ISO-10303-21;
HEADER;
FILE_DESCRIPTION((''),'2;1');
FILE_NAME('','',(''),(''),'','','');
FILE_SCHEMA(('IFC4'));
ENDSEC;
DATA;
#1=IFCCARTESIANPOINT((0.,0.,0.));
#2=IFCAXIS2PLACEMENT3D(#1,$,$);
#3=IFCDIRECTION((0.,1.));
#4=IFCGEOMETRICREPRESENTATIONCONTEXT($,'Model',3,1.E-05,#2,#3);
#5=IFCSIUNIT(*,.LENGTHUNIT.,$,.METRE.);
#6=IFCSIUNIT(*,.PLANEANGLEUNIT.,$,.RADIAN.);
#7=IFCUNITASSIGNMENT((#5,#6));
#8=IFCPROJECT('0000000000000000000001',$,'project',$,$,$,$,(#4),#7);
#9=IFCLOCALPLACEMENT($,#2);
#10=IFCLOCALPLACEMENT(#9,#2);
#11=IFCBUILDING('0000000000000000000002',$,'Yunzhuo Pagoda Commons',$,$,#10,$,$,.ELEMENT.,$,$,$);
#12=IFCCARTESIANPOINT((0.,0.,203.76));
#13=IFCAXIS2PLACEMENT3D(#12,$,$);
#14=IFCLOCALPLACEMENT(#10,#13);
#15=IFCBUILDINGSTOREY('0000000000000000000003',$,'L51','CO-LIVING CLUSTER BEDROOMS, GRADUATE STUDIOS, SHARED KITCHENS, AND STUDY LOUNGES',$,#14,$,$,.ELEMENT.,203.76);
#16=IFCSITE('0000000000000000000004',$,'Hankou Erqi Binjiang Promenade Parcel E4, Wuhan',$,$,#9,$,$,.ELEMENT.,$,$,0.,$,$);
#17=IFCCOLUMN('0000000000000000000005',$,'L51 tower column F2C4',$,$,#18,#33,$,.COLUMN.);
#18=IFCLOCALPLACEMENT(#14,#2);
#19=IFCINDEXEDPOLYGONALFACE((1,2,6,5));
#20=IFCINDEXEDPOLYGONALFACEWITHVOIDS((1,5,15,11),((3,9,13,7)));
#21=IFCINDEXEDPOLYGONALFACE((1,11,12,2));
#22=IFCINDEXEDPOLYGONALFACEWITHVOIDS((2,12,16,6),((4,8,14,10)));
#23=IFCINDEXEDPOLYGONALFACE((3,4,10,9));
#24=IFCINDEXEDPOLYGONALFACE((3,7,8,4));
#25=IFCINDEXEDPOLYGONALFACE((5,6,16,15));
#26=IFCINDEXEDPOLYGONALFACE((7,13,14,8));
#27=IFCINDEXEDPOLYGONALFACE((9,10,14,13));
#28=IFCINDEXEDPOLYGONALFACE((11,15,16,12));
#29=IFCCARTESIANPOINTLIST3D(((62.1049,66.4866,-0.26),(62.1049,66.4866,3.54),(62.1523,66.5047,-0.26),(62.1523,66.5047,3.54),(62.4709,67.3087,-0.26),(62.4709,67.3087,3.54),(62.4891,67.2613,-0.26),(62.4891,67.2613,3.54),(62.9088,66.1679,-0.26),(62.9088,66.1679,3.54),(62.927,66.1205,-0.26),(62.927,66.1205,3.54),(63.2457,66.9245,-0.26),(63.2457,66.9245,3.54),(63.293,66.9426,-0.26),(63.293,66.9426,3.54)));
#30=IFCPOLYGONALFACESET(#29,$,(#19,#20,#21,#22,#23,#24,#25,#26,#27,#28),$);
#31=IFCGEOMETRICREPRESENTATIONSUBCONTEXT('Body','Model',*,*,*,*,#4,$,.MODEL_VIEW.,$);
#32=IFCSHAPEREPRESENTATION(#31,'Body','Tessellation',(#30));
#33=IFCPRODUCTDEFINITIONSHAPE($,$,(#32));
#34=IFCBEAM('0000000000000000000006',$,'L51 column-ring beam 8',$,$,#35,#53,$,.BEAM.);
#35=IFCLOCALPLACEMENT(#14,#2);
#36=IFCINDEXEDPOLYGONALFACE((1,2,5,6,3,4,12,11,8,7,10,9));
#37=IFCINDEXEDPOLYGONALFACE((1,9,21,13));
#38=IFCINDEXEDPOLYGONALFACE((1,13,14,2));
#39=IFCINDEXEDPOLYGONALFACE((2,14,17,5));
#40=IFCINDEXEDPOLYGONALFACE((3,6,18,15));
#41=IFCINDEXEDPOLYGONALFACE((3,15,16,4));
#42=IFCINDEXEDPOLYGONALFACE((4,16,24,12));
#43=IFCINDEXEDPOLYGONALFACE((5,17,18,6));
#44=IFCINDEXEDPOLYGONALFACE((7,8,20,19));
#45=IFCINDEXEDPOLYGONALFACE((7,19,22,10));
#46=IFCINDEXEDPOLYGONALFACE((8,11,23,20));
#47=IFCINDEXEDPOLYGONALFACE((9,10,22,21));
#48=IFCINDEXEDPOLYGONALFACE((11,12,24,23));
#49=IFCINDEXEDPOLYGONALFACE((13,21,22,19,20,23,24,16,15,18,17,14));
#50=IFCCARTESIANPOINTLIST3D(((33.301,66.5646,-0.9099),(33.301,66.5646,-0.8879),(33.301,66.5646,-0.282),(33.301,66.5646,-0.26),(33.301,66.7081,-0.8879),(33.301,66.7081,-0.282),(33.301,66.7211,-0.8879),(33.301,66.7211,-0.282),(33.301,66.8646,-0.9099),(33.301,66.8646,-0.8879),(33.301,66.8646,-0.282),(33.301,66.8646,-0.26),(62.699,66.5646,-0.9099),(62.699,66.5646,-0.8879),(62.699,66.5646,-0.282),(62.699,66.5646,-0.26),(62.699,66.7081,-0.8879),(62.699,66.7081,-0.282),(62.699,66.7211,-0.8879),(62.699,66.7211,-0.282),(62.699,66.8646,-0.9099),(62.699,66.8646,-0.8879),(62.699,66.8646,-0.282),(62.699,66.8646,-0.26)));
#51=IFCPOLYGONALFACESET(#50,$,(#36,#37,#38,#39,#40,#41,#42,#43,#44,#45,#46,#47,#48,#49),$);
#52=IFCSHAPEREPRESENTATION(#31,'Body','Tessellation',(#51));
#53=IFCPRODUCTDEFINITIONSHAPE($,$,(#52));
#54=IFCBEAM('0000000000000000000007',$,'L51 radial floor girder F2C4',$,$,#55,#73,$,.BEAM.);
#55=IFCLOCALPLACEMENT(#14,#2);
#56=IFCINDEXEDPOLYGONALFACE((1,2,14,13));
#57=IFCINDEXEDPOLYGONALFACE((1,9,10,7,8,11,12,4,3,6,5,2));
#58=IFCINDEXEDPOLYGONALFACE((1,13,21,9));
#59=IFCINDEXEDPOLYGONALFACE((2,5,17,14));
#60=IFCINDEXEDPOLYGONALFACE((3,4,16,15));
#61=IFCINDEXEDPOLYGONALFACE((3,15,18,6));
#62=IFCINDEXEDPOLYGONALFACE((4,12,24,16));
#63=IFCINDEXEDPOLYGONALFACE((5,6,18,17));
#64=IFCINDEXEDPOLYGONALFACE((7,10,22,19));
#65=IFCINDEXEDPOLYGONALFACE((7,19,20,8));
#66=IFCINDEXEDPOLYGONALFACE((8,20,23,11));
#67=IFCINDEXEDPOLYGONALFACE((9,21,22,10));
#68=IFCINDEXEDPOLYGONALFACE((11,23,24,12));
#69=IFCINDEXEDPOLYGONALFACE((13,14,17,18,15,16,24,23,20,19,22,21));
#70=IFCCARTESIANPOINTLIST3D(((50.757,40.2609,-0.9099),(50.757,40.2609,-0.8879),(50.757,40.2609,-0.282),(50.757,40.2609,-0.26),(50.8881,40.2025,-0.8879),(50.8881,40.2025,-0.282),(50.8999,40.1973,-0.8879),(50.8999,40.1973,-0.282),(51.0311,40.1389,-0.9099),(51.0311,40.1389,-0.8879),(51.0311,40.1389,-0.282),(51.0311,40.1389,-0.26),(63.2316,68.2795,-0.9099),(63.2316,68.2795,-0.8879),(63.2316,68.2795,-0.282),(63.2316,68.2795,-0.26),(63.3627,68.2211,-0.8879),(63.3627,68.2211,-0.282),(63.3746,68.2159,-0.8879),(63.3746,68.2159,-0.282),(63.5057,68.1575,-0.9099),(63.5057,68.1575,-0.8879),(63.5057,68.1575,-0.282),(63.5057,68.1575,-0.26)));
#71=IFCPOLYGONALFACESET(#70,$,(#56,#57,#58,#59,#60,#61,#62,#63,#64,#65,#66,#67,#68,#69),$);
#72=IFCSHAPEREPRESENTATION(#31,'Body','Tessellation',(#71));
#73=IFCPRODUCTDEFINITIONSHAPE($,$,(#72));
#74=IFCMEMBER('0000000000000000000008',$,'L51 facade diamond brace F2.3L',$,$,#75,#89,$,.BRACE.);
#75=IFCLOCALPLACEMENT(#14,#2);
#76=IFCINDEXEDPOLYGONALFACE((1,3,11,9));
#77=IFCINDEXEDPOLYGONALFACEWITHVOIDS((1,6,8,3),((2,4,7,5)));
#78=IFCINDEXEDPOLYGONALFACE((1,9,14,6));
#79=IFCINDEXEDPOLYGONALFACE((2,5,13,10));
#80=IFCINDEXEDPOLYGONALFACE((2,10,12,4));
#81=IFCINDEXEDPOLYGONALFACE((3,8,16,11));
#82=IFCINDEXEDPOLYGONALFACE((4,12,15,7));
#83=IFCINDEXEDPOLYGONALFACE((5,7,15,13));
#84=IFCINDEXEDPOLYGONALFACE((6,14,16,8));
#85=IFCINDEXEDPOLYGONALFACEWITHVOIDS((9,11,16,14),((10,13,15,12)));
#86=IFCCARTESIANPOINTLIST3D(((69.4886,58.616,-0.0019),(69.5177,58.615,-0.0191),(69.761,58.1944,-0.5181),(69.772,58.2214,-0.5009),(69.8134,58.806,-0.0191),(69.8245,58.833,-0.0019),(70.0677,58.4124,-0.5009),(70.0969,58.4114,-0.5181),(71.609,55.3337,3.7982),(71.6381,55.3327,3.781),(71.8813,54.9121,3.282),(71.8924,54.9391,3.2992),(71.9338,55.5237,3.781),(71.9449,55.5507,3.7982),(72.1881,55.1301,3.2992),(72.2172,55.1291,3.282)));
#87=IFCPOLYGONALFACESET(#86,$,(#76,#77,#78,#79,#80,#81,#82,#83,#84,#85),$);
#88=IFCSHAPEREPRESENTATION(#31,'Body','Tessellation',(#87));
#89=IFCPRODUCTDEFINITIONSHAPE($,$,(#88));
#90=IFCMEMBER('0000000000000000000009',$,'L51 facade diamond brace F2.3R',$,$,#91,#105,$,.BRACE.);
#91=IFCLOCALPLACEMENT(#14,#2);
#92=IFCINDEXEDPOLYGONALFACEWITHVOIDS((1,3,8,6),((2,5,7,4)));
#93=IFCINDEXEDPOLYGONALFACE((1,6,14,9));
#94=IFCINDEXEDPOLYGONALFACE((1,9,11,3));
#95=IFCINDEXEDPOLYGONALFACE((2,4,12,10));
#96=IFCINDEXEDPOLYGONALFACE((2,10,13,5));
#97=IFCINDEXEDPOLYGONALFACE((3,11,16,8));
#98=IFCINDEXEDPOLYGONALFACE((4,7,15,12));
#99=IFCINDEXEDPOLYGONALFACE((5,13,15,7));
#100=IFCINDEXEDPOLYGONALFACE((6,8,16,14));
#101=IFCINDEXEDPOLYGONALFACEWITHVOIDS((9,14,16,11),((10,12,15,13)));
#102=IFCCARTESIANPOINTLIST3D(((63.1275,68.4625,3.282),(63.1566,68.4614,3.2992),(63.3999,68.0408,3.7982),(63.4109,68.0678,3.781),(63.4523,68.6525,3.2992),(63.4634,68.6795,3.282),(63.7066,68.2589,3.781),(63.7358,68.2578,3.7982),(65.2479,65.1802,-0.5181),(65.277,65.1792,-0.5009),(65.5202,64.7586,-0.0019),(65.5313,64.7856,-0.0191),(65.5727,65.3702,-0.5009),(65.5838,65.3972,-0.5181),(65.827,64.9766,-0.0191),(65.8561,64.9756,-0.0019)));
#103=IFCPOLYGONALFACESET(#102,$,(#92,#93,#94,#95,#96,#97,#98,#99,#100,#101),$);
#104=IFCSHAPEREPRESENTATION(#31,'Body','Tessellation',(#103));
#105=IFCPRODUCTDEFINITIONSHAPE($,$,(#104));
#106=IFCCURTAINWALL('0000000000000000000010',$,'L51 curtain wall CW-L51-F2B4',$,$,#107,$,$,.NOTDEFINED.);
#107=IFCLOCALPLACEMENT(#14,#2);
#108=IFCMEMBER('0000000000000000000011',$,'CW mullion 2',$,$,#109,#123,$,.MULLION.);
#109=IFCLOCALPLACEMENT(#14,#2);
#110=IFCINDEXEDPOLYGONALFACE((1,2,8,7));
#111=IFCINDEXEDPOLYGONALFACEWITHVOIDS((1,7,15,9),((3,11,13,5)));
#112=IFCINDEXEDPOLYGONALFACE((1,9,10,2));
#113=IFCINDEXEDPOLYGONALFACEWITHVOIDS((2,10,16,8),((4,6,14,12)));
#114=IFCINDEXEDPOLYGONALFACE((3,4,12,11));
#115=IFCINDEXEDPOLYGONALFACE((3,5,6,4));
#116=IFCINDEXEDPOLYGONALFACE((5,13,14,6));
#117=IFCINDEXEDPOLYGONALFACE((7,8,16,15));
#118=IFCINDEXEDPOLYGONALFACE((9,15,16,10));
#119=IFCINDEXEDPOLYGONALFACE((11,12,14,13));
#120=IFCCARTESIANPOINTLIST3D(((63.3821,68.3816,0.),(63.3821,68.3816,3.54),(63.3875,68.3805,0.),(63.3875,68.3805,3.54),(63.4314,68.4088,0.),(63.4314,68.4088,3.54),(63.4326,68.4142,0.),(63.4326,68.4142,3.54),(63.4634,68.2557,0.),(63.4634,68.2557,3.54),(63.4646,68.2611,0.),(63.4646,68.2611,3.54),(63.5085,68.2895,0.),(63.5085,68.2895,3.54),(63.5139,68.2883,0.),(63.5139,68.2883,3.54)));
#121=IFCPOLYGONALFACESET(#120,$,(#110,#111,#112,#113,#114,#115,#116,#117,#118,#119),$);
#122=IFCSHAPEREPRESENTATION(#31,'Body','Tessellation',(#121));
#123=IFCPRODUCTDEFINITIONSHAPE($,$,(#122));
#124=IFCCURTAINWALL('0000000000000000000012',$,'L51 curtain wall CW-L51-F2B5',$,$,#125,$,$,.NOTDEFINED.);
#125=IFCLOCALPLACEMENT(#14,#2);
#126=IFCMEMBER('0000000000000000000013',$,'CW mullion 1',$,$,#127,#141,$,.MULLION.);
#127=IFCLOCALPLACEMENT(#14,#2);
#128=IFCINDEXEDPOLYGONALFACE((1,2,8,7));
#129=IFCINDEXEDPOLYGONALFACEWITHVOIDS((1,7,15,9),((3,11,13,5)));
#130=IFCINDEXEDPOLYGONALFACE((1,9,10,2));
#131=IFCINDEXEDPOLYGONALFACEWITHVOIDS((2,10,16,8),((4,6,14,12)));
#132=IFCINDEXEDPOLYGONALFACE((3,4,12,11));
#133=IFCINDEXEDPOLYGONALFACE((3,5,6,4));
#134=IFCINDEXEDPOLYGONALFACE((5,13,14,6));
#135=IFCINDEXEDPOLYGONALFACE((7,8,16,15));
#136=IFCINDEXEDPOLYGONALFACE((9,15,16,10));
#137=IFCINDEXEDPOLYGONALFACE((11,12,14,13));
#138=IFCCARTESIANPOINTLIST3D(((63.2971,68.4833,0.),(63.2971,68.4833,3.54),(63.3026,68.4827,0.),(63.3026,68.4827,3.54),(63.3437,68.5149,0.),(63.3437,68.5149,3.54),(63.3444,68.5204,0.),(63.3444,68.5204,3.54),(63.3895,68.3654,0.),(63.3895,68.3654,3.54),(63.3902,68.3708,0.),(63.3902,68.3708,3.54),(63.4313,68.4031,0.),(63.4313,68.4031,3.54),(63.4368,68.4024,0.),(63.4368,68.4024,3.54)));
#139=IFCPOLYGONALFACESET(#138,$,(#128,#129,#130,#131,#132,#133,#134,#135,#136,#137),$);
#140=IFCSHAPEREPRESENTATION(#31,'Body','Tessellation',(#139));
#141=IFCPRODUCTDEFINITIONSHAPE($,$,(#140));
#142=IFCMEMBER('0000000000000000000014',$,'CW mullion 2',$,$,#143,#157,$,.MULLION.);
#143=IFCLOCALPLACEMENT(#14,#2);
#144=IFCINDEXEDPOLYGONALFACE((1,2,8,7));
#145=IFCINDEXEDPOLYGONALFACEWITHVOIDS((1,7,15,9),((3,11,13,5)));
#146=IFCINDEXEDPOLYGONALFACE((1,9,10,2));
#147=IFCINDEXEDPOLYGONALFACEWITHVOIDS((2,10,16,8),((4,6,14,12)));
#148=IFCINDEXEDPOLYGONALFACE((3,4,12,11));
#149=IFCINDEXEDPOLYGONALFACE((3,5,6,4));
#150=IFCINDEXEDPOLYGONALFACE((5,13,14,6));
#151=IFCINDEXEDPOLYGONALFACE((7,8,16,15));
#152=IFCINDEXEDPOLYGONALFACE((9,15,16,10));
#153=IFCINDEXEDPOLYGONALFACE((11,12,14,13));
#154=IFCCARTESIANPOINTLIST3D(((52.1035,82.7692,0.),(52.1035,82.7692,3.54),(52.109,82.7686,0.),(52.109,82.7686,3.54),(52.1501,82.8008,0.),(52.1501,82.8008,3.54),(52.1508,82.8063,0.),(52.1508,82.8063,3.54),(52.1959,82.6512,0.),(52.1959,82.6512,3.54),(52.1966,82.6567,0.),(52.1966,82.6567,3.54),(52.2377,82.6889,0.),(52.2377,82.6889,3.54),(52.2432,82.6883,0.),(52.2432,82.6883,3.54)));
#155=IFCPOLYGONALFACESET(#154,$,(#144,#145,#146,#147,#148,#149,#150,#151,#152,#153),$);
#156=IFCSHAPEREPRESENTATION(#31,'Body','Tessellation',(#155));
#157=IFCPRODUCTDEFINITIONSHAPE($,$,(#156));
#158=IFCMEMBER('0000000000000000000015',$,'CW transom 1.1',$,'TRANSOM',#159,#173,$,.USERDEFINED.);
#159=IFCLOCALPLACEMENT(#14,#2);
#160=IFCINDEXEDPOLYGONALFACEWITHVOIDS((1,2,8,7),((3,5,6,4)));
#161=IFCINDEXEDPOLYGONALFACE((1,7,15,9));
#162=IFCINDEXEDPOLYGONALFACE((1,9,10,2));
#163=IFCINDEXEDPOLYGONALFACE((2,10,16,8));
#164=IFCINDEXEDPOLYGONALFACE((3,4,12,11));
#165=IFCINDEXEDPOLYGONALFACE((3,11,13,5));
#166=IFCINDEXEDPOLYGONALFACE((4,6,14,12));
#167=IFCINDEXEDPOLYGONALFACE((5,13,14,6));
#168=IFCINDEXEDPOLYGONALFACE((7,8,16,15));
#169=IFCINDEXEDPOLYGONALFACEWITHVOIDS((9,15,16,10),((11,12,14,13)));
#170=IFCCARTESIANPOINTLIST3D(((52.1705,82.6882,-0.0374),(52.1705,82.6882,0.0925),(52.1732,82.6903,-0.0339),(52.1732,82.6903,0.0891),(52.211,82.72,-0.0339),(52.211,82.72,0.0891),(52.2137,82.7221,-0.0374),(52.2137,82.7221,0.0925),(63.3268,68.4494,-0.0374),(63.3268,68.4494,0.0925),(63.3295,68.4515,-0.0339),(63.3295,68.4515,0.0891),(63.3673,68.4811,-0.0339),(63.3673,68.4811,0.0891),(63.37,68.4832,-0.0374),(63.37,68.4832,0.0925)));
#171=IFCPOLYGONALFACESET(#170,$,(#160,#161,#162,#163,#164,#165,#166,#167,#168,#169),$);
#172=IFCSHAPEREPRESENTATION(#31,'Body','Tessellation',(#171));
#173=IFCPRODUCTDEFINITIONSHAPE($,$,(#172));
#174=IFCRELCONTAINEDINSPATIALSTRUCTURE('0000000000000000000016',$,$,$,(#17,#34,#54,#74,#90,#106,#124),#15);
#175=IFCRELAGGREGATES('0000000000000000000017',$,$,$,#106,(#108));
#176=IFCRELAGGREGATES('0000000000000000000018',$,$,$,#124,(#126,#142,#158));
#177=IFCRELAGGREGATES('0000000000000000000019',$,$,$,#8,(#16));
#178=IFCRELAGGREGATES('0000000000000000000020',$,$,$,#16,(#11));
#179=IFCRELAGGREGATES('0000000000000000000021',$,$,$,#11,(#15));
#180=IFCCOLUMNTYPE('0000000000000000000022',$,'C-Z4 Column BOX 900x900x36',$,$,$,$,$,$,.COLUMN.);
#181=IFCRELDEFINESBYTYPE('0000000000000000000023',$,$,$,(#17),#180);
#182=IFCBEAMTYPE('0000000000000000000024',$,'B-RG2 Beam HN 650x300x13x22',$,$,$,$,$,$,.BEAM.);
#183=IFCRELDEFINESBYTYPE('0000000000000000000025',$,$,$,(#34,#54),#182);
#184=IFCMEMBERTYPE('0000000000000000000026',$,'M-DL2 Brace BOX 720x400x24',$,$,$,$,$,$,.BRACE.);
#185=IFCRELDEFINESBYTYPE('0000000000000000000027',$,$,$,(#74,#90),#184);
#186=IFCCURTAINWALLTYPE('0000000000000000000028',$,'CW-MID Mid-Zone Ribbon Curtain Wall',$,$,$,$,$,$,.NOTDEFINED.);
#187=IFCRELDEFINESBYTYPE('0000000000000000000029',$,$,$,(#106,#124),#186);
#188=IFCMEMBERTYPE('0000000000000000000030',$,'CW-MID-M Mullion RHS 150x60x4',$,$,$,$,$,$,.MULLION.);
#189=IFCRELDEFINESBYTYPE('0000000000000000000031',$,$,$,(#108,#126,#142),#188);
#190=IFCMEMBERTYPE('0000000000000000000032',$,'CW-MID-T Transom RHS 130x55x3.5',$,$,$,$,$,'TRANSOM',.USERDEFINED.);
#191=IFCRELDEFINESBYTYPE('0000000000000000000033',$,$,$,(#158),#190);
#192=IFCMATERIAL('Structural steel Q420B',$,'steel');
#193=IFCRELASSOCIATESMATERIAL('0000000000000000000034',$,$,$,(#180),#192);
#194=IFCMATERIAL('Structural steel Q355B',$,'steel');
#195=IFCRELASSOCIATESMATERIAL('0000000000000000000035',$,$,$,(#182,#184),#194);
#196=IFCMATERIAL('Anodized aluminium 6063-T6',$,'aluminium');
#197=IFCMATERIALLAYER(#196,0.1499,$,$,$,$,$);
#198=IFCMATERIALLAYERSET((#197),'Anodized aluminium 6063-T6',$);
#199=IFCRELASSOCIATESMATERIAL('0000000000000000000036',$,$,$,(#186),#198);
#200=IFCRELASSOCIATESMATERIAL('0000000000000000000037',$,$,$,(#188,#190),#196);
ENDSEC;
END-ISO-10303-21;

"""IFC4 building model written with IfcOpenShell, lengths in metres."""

from ifc_helpers import new_model, si_unit, direction, frame, origin, origin_2d, place, context, subcontext, project, spatial, hollow_rectangle, i_section, extrude, source, transform, mapped, material, layer, layer_set, material_profile, profile_set, type_object, element, aggregate, save


model = new_model("IFC4")

# Units and contexts
model_context = context("Model", 3, precision=1e-05, world=origin(), true_north=direction((0.0, 1.0)))
body_context = subcontext(model_context, "Body", "Model", "MODEL_VIEW")
ifc_project = project(units=[si_unit("LENGTHUNIT", "METRE"), si_unit("PLANEANGLEUNIT", "RADIAN")], contexts=[model_context])

# Site, building, storey
site_placement = place(None, origin())
site = spatial("IfcSite", under=ifc_project, at=site_placement, Name="Hankou Erqi Binjiang Promenade Parcel E4, Wuhan", CompositionType="ELEMENT", RefElevation=0.0)
building_placement = place(site_placement, origin())
building = spatial("IfcBuilding", under=site, at=building_placement, Name="Yunzhuo Pagoda Commons", CompositionType="ELEMENT")
storey_placement = place(building_placement, frame((0.0, 0.0, 203.76)))
storey = spatial("IfcBuildingStorey", under=building, at=storey_placement, Name="L51", Description="CO-LIVING CLUSTER BEDROOMS, GRADUATE STUDIOS, SHARED KITCHENS, AND STUDY LOUNGES", CompositionType="ELEMENT", Elevation=203.76)

# Column
ifc_material_1 = material(Name="Structural steel Q420B", Category="steel")
ifc_material_profile_1 = material_profile(ifc_material_1, hollow_rectangle(XDim=0.8999, YDim=0.8999, WallThickness=0.0359, at=origin_2d()), Name="Structural steel Q420B")
ifc_profile_set_1 = profile_set([ifc_material_profile_1], Name="Structural steel Q420B")
column_type = type_object("IfcColumnType", Name="C-Z4 Column BOX 900x900x36", PredefinedType="COLUMN", material=ifc_profile_set_1)
shared_shape_1 = source(origin(), body_context, "Body", "SweptSolid", [
    extrude(hollow_rectangle(XDim=0.8999, YDim=0.8999, WallThickness=0.0359, at=origin_2d()), origin(), (0.0, 0.0, 1.0), 3.8),
])
column_placement = place(storey_placement, frame((62.699, 66.7146, -0.26), z_axis=(0.0, 0.0, 1.0), x_axis=(-0.913545, 0.406737, 0.0)))
element("IfcColumn", 1, at=column_placement, inside=storey, type_object=column_type, Name="L51 tower column F2C4", PredefinedType="COLUMN", context=body_context, shape_type="MappedRepresentation", body=[
    mapped(shared_shape_1, transform((0.0, 0.0, 0.0), scale=1.0)),
])

# Beams
ifc_material_2 = material(Name="Structural steel Q355B", Category="steel")
ifc_material_profile_2 = material_profile(ifc_material_2, i_section(OverallWidth=0.3, OverallDepth=0.6499, WebThickness=0.0129, FlangeThickness=0.022, at=origin_2d()), Name="Structural steel Q355B")
ifc_profile_set_2 = profile_set([ifc_material_profile_2], Name="Structural steel Q355B")
beam_type = type_object("IfcBeamType", Name="B-RG2 Beam HN 650x300x13x22", PredefinedType="BEAM", material=ifc_profile_set_2)
shared_shape_2 = source(origin(), body_context, "Body", "SweptSolid", [
    extrude(i_section(OverallWidth=0.3, OverallDepth=0.6499, WebThickness=0.0129, FlangeThickness=0.022, at=origin_2d()), origin(), (0.0, 0.0, 1.0), 29.3979),
])
beam_1_placement = place(storey_placement, frame((62.699, 66.7146, -0.585), z_axis=(-1.0, 0.0, 0.0), x_axis=(0.0, -1.0, 0.0)))
element("IfcBeam", 2, at=beam_1_placement, inside=storey, type_object=beam_type, Name="L51 column-ring beam 8", PredefinedType="BEAM", context=body_context, shape_type="MappedRepresentation", body=[
    mapped(shared_shape_2, transform((0.0, 0.0, 0.0), scale=1.0)),
])
shared_shape_3 = source(origin(), body_context, "Body", "SweptSolid", [
    extrude(i_section(OverallWidth=0.3, OverallDepth=0.6499, WebThickness=0.0129, FlangeThickness=0.022, at=origin_2d()), origin(), (0.0, 0.0, 1.0), 30.6702),
])
beam_2_placement = place(storey_placement, frame((63.3687, 68.2185, -0.585), z_axis=(-0.406735, -0.913546, 0.0), x_axis=(0.913546, -0.406735, 0.0)))
element("IfcBeam", 3, at=beam_2_placement, inside=storey, type_object=beam_type, Name="L51 radial floor girder F2C4", PredefinedType="BEAM", context=body_context, shape_type="MappedRepresentation", body=[
    mapped(shared_shape_3, transform((0.0, 0.0, 0.0), scale=1.0)),
])

# Members
ifc_material_profile_3 = material_profile(ifc_material_2, hollow_rectangle(XDim=0.3999, YDim=0.72, WallThickness=0.0239, at=origin_2d()), Name="Structural steel Q355B")
ifc_profile_set_3 = profile_set([ifc_material_profile_3], Name="Structural steel Q355B")
member_type_1 = type_object("IfcMemberType", Name="M-DL2 Brace BOX 720x400x24", PredefinedType="BRACE", material=ifc_profile_set_3)
shared_shape_4 = source(origin(), body_context, "Body", "SweptSolid", [
    extrude(hollow_rectangle(XDim=0.3999, YDim=0.72, WallThickness=0.0239, at=origin_2d()), origin(), (0.0, 0.0, 1.0), 5.4507),
])
for number, where, z_axis, x_axis, name in (
    (4, (69.7927, 58.5137, -0.26), (0.389013, -0.602174, 0.697177), (0.839971, 0.542632, 0.0), "L51 facade diamond brace F2.3L"),
    (5, (65.552, 65.0779, -0.26), (-0.389013, 0.602174, 0.697177), (-0.839971, -0.542632, 0.0), "L51 facade diamond brace F2.3R"),
):
    element("IfcMember", number, at=place(storey_placement, frame(where, z_axis=z_axis, x_axis=x_axis)), inside=storey, type_object=member_type_1, Name=name, PredefinedType="BRACE", context=body_context, shape_type="MappedRepresentation", body=[
        mapped(shared_shape_4, transform((0.0, 0.0, 0.0), scale=1.0)),
    ])

# Curtain wall, member
ifc_material_3 = material(Name="Anodized aluminium 6063-T6", Category="aluminium")
ifc_layer_1 = layer(ifc_material_3, 0.1499)
ifc_layer_set_1 = layer_set([ifc_layer_1], Name="Anodized aluminium 6063-T6")
curtain_wall_type = type_object("IfcCurtainWallType", Name="CW-MID Mid-Zone Ribbon Curtain Wall", PredefinedType="NOTDEFINED", material=ifc_layer_set_1)
curtain_wall_1_placement = place(storey_placement, origin())
curtain_wall_1 = element("IfcCurtainWall", 6, at=curtain_wall_1_placement, inside=storey, type_object=curtain_wall_type, Name="L51 curtain wall CW-L51-F2B4", PredefinedType="NOTDEFINED")
ifc_material_profile_4 = material_profile(ifc_material_3, hollow_rectangle(XDim=0.0601, YDim=0.1499, WallThickness=0.0039, at=origin_2d()), Name="Anodized aluminium 6063-T6")
ifc_profile_set_4 = profile_set([ifc_material_profile_4], Name="Anodized aluminium 6063-T6")
member_type_2 = type_object("IfcMemberType", Name="CW-MID-M Mullion RHS 150x60x4", PredefinedType="MULLION", material=ifc_profile_set_4)
shared_shape_5 = source(origin(), body_context, "Body", "SweptSolid", [
    extrude(hollow_rectangle(XDim=0.0601, YDim=0.1499, WallThickness=0.0039, at=origin_2d()), origin(), (0.0, 0.0, 1.0), 3.54),
])
member_1_placement = place(storey_placement, frame((63.448, 68.335, 0.0), z_axis=(0.0, 0.0, 1.0), x_axis=(-0.839965, -0.54264, 0.0)))
member_1 = element("IfcMember", 7, at=member_1_placement, type_object=member_type_2, Name="CW mullion 2", PredefinedType="MULLION", context=body_context, shape_type="MappedRepresentation", body=[
    mapped(shared_shape_5, transform((0.0, 0.0, 0.0), scale=1.0)),
])

# Curtain wall, members
curtain_wall_2_placement = place(storey_placement, origin())
curtain_wall_2 = element("IfcCurtainWall", 8, at=curtain_wall_2_placement, inside=storey, type_object=curtain_wall_type, Name="L51 curtain wall CW-L51-F2B5", PredefinedType="NOTDEFINED")
member_2_placement = place(storey_placement, frame((63.3669, 68.4429, 0.0), z_axis=(0.0, 0.0, 1.0), x_axis=(-0.78715, -0.616762, 0.0)))
member_2 = element("IfcMember", 9, at=member_2_placement, type_object=member_type_2, Name="CW mullion 1", PredefinedType="MULLION", context=body_context, shape_type="MappedRepresentation", body=[
    mapped(shared_shape_5, transform((0.0, 0.0, 0.0), scale=1.0)),
])
member_3_placement = place(storey_placement, frame((52.1733, 82.7288, 0.0), z_axis=(0.0, 0.0, 1.0), x_axis=(-0.78715, -0.616762, 0.0)))
member_3 = element("IfcMember", 10, at=member_3_placement, type_object=member_type_2, Name="CW mullion 2", PredefinedType="MULLION", context=body_context, shape_type="MappedRepresentation", body=[
    mapped(shared_shape_5, transform((0.0, 0.0, 0.0), scale=1.0)),
])
ifc_material_profile_5 = material_profile(ifc_material_3, hollow_rectangle(XDim=0.0549, YDim=0.1299, WallThickness=0.0034, at=origin_2d()), Name="Anodized aluminium 6063-T6")
ifc_profile_set_5 = profile_set([ifc_material_profile_5], Name="Anodized aluminium 6063-T6")
member_type_3 = type_object("IfcMemberType", Name="CW-MID-T Transom RHS 130x55x3.5", ElementType="TRANSOM", PredefinedType="USERDEFINED", material=ifc_profile_set_5)
shared_shape_6 = source(origin(), body_context, "Body", "SweptSolid", [
    extrude(hollow_rectangle(XDim=0.0549, YDim=0.1299, WallThickness=0.0034, at=origin_2d()), origin(), (0.0, 0.0, 1.0), 18.0889),
])
member_4_placement = place(storey_placement, frame((63.3484, 68.4663, 0.0276), z_axis=(-0.616749, 0.78716, 0.0), x_axis=(-0.78716, -0.616749, 0.0)))
member_4 = element("IfcMember", 11, at=member_4_placement, type_object=member_type_3, Name="CW transom 1.1", ObjectType="TRANSOM", PredefinedType="USERDEFINED", context=body_context, shape_type="MappedRepresentation", body=[
    mapped(shared_shape_6, transform((0.0, 0.0, 0.0), scale=1.0)),
])

aggregate(curtain_wall_1, [member_1])
aggregate(curtain_wall_2, [member_2, member_3, member_4])

save(model, "model.ifc")
